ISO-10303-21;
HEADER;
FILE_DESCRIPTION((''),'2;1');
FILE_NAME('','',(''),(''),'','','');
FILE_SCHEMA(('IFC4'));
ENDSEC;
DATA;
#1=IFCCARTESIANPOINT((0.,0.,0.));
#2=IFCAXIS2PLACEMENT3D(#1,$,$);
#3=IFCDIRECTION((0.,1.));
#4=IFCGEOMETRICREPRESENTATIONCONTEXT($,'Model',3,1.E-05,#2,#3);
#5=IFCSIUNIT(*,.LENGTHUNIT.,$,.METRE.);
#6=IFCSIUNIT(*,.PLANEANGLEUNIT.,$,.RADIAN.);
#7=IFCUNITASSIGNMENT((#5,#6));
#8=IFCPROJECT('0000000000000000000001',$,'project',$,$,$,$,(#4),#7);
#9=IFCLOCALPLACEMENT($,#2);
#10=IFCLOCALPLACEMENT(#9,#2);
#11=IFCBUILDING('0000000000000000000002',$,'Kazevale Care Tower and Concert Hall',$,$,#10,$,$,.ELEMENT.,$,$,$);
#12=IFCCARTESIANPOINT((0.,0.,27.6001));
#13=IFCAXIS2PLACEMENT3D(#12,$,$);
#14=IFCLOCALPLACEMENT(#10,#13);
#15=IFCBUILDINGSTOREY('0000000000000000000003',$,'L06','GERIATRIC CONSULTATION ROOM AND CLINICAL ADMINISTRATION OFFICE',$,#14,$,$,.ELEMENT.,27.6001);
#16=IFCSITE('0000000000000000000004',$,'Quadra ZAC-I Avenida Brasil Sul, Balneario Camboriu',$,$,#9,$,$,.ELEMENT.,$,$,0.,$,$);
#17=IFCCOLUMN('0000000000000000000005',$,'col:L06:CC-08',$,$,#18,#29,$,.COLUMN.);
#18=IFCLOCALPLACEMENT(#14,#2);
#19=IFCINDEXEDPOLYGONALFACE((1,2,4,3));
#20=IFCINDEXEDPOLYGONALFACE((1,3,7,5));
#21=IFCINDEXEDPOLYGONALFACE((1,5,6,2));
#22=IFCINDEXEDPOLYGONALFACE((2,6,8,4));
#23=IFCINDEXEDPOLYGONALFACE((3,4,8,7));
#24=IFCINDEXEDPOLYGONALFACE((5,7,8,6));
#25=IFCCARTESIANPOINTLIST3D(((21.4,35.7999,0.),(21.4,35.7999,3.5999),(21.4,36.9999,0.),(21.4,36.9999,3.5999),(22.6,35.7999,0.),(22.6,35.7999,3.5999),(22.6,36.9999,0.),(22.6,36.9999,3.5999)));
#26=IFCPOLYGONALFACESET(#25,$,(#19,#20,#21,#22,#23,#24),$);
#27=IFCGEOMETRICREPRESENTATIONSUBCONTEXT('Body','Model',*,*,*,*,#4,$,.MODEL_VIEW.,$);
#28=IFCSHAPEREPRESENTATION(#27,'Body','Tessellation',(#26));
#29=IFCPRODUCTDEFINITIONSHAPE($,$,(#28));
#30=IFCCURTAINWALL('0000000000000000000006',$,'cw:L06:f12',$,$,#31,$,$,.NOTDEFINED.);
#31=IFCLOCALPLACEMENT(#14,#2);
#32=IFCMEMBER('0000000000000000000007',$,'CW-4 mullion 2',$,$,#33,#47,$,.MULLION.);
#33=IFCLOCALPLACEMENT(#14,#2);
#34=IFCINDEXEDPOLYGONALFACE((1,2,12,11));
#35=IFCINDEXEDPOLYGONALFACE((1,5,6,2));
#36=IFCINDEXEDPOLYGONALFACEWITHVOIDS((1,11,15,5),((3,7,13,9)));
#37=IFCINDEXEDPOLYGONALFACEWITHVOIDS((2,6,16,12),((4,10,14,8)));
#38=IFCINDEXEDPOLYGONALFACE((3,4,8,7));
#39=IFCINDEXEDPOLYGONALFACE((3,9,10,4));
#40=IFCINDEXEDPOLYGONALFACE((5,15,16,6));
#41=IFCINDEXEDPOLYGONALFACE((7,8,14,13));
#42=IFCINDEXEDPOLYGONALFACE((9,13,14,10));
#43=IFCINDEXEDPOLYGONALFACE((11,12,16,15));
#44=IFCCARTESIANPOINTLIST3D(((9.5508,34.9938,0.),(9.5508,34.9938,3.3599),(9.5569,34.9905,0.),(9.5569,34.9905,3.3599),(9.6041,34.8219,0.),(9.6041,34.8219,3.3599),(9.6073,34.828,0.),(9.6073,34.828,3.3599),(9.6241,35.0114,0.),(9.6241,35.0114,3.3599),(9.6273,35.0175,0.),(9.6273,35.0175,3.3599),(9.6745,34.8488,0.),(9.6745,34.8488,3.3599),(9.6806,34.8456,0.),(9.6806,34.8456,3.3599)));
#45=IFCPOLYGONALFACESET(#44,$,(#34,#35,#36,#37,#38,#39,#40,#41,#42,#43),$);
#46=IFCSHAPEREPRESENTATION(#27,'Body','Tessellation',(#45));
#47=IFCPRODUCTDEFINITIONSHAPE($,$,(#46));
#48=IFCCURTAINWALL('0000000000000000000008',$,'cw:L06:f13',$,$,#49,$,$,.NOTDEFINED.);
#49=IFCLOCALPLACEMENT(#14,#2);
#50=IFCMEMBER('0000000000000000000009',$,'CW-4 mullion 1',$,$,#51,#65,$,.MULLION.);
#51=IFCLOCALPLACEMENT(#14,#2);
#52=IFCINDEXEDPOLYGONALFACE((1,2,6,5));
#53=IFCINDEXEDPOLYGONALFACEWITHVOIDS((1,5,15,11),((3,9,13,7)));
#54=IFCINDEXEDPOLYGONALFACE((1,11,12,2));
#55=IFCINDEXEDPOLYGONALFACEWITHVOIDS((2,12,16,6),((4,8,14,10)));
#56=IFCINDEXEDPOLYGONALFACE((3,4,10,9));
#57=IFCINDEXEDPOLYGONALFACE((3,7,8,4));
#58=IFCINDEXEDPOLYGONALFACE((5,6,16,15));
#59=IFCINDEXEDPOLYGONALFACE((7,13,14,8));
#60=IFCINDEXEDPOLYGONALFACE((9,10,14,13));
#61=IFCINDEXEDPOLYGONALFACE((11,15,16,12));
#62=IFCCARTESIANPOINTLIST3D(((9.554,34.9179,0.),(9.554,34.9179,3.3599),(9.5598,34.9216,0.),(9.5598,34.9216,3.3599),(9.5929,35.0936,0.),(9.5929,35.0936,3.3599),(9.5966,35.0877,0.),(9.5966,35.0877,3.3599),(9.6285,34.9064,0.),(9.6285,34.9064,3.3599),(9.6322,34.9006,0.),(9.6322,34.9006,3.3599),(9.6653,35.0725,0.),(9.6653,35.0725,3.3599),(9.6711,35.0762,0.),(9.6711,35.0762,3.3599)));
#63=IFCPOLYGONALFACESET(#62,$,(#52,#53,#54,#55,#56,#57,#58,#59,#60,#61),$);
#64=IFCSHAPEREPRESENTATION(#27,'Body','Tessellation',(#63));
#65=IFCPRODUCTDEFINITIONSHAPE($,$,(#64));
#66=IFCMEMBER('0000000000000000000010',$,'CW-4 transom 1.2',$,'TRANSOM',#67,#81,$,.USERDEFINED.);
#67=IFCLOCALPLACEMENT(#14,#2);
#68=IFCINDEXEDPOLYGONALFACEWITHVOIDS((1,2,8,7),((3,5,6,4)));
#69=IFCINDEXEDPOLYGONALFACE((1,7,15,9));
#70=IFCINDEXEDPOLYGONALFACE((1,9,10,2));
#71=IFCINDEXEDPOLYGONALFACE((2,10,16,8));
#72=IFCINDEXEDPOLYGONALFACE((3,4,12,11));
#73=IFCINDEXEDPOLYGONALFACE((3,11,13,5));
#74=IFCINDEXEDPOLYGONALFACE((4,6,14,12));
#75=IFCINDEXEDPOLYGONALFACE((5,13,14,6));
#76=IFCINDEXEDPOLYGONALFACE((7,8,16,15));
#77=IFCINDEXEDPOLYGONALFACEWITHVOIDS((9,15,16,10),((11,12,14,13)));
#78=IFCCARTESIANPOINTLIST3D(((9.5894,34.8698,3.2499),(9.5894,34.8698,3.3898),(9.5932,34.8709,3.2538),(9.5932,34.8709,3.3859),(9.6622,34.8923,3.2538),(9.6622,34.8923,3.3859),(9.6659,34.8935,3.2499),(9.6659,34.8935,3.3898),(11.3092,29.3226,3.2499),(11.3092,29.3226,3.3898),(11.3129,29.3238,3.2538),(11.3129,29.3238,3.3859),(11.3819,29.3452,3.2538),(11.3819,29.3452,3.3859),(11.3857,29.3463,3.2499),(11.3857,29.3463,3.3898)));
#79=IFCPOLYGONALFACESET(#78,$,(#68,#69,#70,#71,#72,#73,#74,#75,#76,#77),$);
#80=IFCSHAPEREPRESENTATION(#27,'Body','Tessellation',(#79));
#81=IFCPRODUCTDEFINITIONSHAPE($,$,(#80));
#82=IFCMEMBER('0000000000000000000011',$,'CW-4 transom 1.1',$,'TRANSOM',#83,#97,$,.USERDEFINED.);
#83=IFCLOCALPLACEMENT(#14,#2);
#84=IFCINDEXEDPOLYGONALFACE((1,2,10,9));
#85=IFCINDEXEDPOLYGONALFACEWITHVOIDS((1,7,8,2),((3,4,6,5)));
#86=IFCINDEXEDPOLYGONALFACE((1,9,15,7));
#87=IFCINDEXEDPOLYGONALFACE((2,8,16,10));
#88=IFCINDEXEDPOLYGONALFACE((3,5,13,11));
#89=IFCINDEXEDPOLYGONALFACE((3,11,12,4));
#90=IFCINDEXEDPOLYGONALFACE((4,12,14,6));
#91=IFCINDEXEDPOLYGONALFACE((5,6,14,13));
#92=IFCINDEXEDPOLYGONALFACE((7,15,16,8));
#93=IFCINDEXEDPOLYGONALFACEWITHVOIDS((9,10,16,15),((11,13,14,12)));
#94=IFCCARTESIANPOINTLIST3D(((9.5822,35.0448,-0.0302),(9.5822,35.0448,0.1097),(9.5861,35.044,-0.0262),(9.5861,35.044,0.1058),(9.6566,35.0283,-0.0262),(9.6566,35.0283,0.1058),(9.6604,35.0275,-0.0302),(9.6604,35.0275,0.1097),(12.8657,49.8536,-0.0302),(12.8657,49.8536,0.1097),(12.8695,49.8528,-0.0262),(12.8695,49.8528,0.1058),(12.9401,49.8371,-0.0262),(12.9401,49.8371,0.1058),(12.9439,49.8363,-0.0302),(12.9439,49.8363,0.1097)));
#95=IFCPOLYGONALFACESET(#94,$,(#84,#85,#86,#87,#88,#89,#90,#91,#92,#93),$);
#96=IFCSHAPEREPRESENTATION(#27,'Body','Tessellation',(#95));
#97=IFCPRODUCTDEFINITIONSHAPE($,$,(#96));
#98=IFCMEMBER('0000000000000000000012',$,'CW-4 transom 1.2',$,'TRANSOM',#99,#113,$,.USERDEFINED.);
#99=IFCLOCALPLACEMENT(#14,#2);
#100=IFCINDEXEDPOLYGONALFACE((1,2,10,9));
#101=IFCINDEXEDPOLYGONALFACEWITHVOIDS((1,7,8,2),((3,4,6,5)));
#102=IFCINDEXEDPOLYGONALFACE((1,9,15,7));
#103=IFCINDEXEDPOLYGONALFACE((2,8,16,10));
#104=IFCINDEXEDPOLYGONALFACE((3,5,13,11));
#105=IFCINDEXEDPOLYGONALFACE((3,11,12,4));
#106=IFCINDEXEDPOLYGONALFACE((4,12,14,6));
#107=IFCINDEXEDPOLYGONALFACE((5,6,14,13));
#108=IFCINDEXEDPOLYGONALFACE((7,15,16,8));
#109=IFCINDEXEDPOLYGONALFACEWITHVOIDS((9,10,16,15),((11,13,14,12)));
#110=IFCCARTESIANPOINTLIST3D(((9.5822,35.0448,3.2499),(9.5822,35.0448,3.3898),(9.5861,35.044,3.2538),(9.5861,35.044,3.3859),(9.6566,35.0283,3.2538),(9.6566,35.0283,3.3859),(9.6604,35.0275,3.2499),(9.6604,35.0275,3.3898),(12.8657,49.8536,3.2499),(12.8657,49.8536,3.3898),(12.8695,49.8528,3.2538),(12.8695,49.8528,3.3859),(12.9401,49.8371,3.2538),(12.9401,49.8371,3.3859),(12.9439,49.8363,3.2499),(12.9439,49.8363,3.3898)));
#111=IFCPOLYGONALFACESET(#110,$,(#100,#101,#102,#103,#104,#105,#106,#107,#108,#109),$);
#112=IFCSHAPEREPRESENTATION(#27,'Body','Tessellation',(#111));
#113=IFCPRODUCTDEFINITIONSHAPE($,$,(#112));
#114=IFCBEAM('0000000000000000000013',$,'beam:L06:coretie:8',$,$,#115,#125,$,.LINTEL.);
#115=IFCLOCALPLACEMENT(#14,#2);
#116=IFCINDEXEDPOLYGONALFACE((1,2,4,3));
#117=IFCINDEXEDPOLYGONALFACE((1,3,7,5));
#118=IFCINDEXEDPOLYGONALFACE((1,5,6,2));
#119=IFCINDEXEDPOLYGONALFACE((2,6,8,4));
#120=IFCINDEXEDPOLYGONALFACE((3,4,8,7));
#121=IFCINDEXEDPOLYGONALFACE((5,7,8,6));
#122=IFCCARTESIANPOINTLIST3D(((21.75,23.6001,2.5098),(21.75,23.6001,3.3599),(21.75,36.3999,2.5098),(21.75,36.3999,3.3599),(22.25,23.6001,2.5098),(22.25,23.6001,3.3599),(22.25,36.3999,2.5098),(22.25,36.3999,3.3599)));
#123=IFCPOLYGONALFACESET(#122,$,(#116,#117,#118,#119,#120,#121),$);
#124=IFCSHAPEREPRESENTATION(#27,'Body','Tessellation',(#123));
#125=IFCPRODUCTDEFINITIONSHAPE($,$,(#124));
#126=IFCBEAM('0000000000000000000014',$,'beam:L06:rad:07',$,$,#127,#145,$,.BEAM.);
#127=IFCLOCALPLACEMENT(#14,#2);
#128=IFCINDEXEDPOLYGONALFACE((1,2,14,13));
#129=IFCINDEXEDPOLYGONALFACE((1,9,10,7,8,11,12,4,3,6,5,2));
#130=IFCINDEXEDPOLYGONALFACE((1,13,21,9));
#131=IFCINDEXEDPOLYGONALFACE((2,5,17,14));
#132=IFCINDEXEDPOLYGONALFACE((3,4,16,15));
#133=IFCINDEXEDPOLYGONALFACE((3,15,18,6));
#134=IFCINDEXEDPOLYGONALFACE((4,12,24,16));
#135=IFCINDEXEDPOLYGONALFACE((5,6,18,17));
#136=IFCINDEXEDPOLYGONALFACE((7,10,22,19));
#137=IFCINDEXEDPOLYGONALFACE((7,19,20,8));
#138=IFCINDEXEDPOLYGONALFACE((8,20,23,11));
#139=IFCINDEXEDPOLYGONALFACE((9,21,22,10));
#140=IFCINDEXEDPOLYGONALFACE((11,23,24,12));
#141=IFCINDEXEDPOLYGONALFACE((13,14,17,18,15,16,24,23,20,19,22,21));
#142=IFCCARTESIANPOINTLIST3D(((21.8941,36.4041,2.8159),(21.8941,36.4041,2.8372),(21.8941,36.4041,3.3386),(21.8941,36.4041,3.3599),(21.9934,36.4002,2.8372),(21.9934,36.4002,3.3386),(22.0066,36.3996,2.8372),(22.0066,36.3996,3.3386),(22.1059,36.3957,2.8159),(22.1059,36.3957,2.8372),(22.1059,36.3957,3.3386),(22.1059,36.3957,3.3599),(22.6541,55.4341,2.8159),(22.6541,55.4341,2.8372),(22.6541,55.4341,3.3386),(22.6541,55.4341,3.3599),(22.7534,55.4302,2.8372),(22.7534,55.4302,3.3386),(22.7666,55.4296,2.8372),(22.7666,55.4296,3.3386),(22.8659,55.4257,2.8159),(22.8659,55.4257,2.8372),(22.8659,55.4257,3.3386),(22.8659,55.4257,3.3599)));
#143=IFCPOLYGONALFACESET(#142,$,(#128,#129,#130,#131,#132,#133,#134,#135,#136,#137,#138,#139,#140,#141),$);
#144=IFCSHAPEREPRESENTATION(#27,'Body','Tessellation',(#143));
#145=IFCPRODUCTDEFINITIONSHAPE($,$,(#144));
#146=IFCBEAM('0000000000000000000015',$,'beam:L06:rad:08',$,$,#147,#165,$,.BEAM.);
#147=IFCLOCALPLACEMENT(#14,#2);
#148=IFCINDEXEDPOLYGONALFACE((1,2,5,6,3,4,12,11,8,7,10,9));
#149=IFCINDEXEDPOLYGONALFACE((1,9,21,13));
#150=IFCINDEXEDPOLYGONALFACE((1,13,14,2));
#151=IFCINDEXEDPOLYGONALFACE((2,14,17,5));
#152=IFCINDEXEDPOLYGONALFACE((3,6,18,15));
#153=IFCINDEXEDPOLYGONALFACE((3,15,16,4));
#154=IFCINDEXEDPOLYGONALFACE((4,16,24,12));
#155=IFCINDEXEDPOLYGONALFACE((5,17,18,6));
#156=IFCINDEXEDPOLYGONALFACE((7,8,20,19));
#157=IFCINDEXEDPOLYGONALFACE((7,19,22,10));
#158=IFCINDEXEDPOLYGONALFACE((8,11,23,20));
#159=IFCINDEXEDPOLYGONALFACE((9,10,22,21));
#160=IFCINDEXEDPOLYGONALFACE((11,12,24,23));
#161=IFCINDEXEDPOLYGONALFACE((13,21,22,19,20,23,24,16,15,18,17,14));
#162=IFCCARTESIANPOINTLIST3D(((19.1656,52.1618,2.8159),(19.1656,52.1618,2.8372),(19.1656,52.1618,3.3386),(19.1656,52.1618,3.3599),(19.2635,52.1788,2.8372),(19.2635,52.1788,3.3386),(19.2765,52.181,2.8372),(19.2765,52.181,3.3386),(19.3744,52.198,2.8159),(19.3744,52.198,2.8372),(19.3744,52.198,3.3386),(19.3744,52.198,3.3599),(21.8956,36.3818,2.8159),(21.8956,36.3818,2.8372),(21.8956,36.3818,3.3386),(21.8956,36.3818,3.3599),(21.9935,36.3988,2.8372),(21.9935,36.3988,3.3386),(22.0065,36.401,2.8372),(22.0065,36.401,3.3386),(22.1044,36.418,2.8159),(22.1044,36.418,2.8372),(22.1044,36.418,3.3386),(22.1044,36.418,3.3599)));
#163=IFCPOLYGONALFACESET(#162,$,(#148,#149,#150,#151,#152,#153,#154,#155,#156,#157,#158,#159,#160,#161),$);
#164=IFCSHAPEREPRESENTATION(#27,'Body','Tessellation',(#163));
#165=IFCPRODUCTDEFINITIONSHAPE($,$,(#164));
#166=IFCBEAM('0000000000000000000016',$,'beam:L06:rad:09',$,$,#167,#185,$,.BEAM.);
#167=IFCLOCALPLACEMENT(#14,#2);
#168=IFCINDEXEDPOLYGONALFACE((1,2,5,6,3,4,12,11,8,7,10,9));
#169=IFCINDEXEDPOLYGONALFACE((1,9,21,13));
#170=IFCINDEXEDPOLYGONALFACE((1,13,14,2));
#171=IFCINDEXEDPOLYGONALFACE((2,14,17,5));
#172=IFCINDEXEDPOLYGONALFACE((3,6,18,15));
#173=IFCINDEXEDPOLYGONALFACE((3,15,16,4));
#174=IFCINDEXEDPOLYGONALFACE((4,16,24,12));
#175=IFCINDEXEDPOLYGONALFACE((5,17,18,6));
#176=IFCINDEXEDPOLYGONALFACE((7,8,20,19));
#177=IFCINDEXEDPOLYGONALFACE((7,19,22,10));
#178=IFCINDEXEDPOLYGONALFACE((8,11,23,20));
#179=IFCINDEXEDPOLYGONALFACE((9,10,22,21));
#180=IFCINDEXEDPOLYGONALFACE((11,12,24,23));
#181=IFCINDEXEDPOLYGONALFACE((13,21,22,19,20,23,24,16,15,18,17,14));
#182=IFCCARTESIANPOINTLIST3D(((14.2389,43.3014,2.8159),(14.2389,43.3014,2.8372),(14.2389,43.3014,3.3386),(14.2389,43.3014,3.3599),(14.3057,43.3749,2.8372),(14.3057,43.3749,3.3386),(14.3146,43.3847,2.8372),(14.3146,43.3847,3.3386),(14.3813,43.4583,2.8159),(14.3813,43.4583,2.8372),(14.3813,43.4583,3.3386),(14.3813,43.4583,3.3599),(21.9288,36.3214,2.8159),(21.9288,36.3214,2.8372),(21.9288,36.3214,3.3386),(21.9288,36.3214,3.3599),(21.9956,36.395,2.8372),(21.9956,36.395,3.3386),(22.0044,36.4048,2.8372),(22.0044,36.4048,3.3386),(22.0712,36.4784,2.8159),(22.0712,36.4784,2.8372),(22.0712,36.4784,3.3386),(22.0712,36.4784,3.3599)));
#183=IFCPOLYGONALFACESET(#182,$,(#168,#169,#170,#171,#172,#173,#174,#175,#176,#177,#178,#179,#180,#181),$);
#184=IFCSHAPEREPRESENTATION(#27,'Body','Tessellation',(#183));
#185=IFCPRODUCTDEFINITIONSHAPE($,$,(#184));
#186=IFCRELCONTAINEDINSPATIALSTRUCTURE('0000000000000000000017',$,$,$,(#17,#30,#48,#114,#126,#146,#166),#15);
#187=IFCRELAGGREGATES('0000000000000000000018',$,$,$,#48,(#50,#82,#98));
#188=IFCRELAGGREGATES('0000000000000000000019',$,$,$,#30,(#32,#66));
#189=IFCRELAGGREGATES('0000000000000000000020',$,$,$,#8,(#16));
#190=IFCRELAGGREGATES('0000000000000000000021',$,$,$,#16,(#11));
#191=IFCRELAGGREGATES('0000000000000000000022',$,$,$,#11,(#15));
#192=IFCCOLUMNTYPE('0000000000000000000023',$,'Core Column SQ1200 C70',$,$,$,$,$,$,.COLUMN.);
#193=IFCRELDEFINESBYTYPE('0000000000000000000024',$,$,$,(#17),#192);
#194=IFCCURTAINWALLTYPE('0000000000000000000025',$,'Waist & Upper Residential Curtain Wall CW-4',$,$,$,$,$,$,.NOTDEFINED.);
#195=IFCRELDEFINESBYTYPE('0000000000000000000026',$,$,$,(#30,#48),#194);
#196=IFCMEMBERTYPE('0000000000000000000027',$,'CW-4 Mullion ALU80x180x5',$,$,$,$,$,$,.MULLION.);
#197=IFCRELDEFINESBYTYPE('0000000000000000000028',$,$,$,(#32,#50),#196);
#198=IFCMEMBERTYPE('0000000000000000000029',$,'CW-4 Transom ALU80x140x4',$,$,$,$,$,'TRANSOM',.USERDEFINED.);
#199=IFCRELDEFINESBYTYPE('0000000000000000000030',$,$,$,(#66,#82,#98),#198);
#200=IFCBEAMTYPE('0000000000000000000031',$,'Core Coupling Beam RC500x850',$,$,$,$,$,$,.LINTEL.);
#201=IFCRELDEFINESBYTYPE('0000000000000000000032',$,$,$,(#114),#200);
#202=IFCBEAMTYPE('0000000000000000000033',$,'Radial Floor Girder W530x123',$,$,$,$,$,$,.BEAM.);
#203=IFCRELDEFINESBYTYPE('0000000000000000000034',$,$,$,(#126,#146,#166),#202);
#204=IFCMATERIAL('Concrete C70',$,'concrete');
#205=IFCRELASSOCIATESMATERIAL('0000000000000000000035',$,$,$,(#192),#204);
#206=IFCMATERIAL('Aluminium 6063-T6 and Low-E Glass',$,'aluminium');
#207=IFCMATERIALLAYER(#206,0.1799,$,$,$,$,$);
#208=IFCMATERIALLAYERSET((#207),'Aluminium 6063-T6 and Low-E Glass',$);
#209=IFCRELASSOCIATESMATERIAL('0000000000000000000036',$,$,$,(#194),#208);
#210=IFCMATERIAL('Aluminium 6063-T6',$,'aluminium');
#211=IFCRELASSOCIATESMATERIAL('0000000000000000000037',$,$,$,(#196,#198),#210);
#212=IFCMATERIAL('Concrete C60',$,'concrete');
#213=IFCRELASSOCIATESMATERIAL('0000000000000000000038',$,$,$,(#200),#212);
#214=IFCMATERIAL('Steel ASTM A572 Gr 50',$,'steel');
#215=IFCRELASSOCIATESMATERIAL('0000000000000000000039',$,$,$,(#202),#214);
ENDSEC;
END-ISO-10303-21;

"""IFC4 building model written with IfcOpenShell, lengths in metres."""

from ifc_helpers import new_model, si_unit, direction, frame, origin, origin_2d, place, context, subcontext, project, spatial, rectangle, hollow_rectangle, i_section, extrude, material, layer, layer_set, material_profile, profile_set, type_object, element, aggregate, save


model = new_model("IFC4")

# Units and contexts
model_context = context("Model", 3, precision=1e-05, world=origin(), true_north=direction((0.0, 1.0)))
body_context = subcontext(model_context, "Body", "Model", "MODEL_VIEW")
ifc_project = project(units=[si_unit("LENGTHUNIT", "METRE"), si_unit("PLANEANGLEUNIT", "RADIAN")], contexts=[model_context])

# Site, building, storey
site_placement = place(None, origin())
site = spatial("IfcSite", under=ifc_project, at=site_placement, Name="Quadra ZAC-I Avenida Brasil Sul, Balneario Camboriu", CompositionType="ELEMENT", RefElevation=0.0)
building_placement = place(site_placement, origin())
building = spatial("IfcBuilding", under=site, at=building_placement, Name="Kazevale Care Tower and Concert Hall", CompositionType="ELEMENT")
storey_placement = place(building_placement, frame((0.0, 0.0, 27.6001)))
storey = spatial("IfcBuildingStorey", under=building, at=storey_placement, Name="L06", Description="GERIATRIC CONSULTATION ROOM AND CLINICAL ADMINISTRATION OFFICE", CompositionType="ELEMENT", Elevation=27.6001)

# Column
ifc_material_1 = material(Name="Concrete C70", Category="concrete")
ifc_material_profile_1 = material_profile(ifc_material_1, rectangle(XDim=1.2, YDim=1.2, at=origin_2d()), Name="RC-SQ1200")
ifc_profile_set_1 = profile_set([ifc_material_profile_1], Name="Concrete C70")
column_type = type_object("IfcColumnType", Name="Core Column SQ1200 C70", PredefinedType="COLUMN", material=ifc_profile_set_1)
column_placement = place(storey_placement, frame((22.0, 36.3999, 0.0), z_axis=(0.0, 0.0, 1.0), x_axis=(1.0, 0.0, 0.0)))
element("IfcColumn", 1, at=column_placement, inside=storey, type_object=column_type, Name="col:L06:CC-08", PredefinedType="COLUMN", context=body_context, shape_type="SweptSolid", body=[
    extrude(rectangle(XDim=1.2, YDim=1.2, at=origin_2d()), origin(), (0.0, 0.0, 1.0), 3.5999),
])

# Curtain walls, members
ifc_material_2 = material(Name="Aluminium 6063-T6 and Low-E Glass", Category="aluminium")
ifc_layer_1 = layer(ifc_material_2, 0.1799)
ifc_layer_set_1 = layer_set([ifc_layer_1], Name="Aluminium 6063-T6 and Low-E Glass")
curtain_wall_type = type_object("IfcCurtainWallType", Name="Waist & Upper Residential Curtain Wall CW-4", PredefinedType="NOTDEFINED", material=ifc_layer_set_1)
curtain_wall_1_placement = place(storey_placement, origin())
curtain_wall_1 = element("IfcCurtainWall", 2, at=curtain_wall_1_placement, inside=storey, type_object=curtain_wall_type, Name="cw:L06:f12", PredefinedType="NOTDEFINED")
ifc_material_3 = material(Name="Aluminium 6063-T6", Category="aluminium")
ifc_material_profile_2 = material_profile(ifc_material_3, hollow_rectangle(XDim=0.0801, YDim=0.1799, WallThickness=0.0049, at=origin_2d()), Name="ALU80x180x5")
ifc_profile_set_2 = profile_set([ifc_material_profile_2], Name="Aluminium 6063-T6")
member_type_1 = type_object("IfcMemberType", Name="CW-4 Mullion ALU80x180x5", PredefinedType="MULLION", material=ifc_profile_set_2)
member_1_placement = place(storey_placement, frame((9.6157, 34.9197, 0.0), z_axis=(0.0, 0.0, 1.0), x_axis=(-0.955157, -0.296099, 0.0)))
member_1 = element("IfcMember", 3, at=member_1_placement, type_object=member_type_1, Name="CW-4 mullion 2", PredefinedType="MULLION", context=body_context, shape_type="SweptSolid", body=[
    extrude(hollow_rectangle(XDim=0.0801, YDim=0.1799, WallThickness=0.0049, at=origin_2d()), origin(), (0.0, 0.0, 1.0), 3.3599),
])
curtain_wall_2_placement = place(storey_placement, origin())
curtain_wall_2 = element("IfcCurtainWall", 4, at=curtain_wall_2_placement, inside=storey, type_object=curtain_wall_type, Name="cw:L06:f13", PredefinedType="NOTDEFINED")
member_2_placement = place(storey_placement, frame((9.6125, 34.9971, 0.0), z_axis=(0.0, 0.0, 1.0), x_axis=(-0.976291, 0.216461, 0.0)))
member_2 = element("IfcMember", 5, at=member_2_placement, type_object=member_type_1, Name="CW-4 mullion 1", PredefinedType="MULLION", context=body_context, shape_type="SweptSolid", body=[
    extrude(hollow_rectangle(XDim=0.0801, YDim=0.1799, WallThickness=0.0049, at=origin_2d()), origin(), (0.0, 0.0, 1.0), 3.3599),
])

# Members
ifc_material_profile_3 = material_profile(ifc_material_3, hollow_rectangle(XDim=0.0801, YDim=0.1399, WallThickness=0.0039, at=origin_2d()), Name="ALU80x140x4")
ifc_profile_set_3 = profile_set([ifc_material_profile_3], Name="Aluminium 6063-T6")
member_type_2 = type_object("IfcMemberType", Name="CW-4 Transom ALU80x140x4", ElementType="TRANSOM", PredefinedType="USERDEFINED", material=ifc_profile_set_3)
member_3_placement = place(storey_placement, frame((11.3474, 29.3345, 3.3198), z_axis=(-0.296118, 0.955152, 0.0), x_axis=(-0.955152, -0.296118, 0.0)))
member_3 = element("IfcMember", 6, at=member_3_placement, type_object=member_type_2, Name="CW-4 transom 1.2", ObjectType="TRANSOM", PredefinedType="USERDEFINED", context=body_context, shape_type="SweptSolid", body=[
    extrude(hollow_rectangle(XDim=0.0801, YDim=0.1399, WallThickness=0.0039, at=origin_2d()), origin(), (0.0, 0.0, 1.0), 5.8076),
])
member_4_placement = place(storey_placement, frame((9.6213, 35.0361, 0.0398), z_axis=(0.216465, 0.97629, 0.0), x_axis=(-0.97629, 0.216465, 0.0)))
member_4 = element("IfcMember", 7, at=member_4_placement, type_object=member_type_2, Name="CW-4 transom 1.1", ObjectType="TRANSOM", PredefinedType="USERDEFINED", context=body_context, shape_type="SweptSolid", body=[
    extrude(hollow_rectangle(XDim=0.0801, YDim=0.1399, WallThickness=0.0039, at=origin_2d()), origin(), (0.0, 0.0, 1.0), 15.1685),
])
member_5_placement = place(storey_placement, frame((9.6213, 35.0361, 3.3198), z_axis=(0.216465, 0.97629, 0.0), x_axis=(-0.97629, 0.216465, 0.0)))
member_5 = element("IfcMember", 8, at=member_5_placement, type_object=member_type_2, Name="CW-4 transom 1.2", ObjectType="TRANSOM", PredefinedType="USERDEFINED", context=body_context, shape_type="SweptSolid", body=[
    extrude(hollow_rectangle(XDim=0.0801, YDim=0.1399, WallThickness=0.0039, at=origin_2d()), origin(), (0.0, 0.0, 1.0), 15.1685),
])
aggregate(curtain_wall_2, [member_2, member_4, member_5])

# Beams
ifc_material_4 = material(Name="Concrete C60", Category="concrete")
ifc_material_profile_4 = material_profile(ifc_material_4, rectangle(XDim=0.5, YDim=0.8501, at=origin_2d()), Name="RC-B500x850")
ifc_profile_set_4 = profile_set([ifc_material_profile_4], Name="Concrete C60")
beam_type_1 = type_object("IfcBeamType", Name="Core Coupling Beam RC500x850", PredefinedType="LINTEL", material=ifc_profile_set_4)
beam_1_placement = place(storey_placement, frame((22.0, 36.3999, 2.9348), z_axis=(0.0, -1.0, 0.0), x_axis=(1.0, 0.0, 0.0)))
element("IfcBeam", 9, at=beam_1_placement, inside=storey, type_object=beam_type_1, Name="beam:L06:coretie:8", PredefinedType="LINTEL", context=body_context, shape_type="SweptSolid", body=[
    extrude(rectangle(XDim=0.5, YDim=0.8501, at=origin_2d()), origin(), (0.0, 0.0, 1.0), 12.7998),
])
ifc_material_5 = material(Name="Steel ASTM A572 Gr 50", Category="steel")
ifc_material_profile_5 = material_profile(ifc_material_5, i_section(OverallWidth=0.2119, OverallDepth=0.5439, WebThickness=0.0132, FlangeThickness=0.0212, at=origin_2d()), Name="W530x123")
ifc_profile_set_5 = profile_set([ifc_material_profile_5], Name="Steel ASTM A572 Gr 50")
beam_type_2 = type_object("IfcBeamType", Name="Radial Floor Girder W530x123", PredefinedType="BEAM", material=ifc_profile_set_5)
beam_2_placement = place(storey_placement, frame((22.0, 36.3999, 3.0879), z_axis=(0.039906, 0.999203, 0.0), x_axis=(-0.999203, 0.039906, 0.0)))
element("IfcBeam", 10, at=beam_2_placement, inside=storey, type_object=beam_type_2, Name="beam:L06:rad:07", PredefinedType="BEAM", context=body_context, shape_type="SweptSolid", body=[
    extrude(i_section(OverallWidth=0.2119, OverallDepth=0.5439, WebThickness=0.0132, FlangeThickness=0.0212, at=origin_2d()), origin(), (0.0, 0.0, 1.0), 19.0452),
])
beam_3_placement = place(storey_placement, frame((22.0, 36.3999, 3.0879), z_axis=(-0.17047, 0.985363, 0.0), x_axis=(-0.985363, -0.17047, 0.0)))
element("IfcBeam", 11, at=beam_3_placement, inside=storey, type_object=beam_type_2, Name="beam:L06:rad:08", PredefinedType="BEAM", context=body_context, shape_type="SweptSolid", body=[
    extrude(i_section(OverallWidth=0.2119, OverallDepth=0.5439, WebThickness=0.0132, FlangeThickness=0.0212, at=origin_2d()), origin(), (0.0, 0.0, 1.0), 16.0144),
])
beam_4_placement = place(storey_placement, frame((22.0, 36.3999, 3.0879), z_axis=(-0.740461, 0.672099, 0.0), x_axis=(-0.672099, -0.740461, 0.0)))
element("IfcBeam", 12, at=beam_4_placement, inside=storey, type_object=beam_type_2, Name="beam:L06:rad:09", PredefinedType="BEAM", context=body_context, shape_type="SweptSolid", body=[
    extrude(i_section(OverallWidth=0.2119, OverallDepth=0.5439, WebThickness=0.0132, FlangeThickness=0.0212, at=origin_2d()), origin(), (0.0, 0.0, 1.0), 10.3853),
])

aggregate(curtain_wall_1, [member_1, member_3])

save(model, "model.ifc")
